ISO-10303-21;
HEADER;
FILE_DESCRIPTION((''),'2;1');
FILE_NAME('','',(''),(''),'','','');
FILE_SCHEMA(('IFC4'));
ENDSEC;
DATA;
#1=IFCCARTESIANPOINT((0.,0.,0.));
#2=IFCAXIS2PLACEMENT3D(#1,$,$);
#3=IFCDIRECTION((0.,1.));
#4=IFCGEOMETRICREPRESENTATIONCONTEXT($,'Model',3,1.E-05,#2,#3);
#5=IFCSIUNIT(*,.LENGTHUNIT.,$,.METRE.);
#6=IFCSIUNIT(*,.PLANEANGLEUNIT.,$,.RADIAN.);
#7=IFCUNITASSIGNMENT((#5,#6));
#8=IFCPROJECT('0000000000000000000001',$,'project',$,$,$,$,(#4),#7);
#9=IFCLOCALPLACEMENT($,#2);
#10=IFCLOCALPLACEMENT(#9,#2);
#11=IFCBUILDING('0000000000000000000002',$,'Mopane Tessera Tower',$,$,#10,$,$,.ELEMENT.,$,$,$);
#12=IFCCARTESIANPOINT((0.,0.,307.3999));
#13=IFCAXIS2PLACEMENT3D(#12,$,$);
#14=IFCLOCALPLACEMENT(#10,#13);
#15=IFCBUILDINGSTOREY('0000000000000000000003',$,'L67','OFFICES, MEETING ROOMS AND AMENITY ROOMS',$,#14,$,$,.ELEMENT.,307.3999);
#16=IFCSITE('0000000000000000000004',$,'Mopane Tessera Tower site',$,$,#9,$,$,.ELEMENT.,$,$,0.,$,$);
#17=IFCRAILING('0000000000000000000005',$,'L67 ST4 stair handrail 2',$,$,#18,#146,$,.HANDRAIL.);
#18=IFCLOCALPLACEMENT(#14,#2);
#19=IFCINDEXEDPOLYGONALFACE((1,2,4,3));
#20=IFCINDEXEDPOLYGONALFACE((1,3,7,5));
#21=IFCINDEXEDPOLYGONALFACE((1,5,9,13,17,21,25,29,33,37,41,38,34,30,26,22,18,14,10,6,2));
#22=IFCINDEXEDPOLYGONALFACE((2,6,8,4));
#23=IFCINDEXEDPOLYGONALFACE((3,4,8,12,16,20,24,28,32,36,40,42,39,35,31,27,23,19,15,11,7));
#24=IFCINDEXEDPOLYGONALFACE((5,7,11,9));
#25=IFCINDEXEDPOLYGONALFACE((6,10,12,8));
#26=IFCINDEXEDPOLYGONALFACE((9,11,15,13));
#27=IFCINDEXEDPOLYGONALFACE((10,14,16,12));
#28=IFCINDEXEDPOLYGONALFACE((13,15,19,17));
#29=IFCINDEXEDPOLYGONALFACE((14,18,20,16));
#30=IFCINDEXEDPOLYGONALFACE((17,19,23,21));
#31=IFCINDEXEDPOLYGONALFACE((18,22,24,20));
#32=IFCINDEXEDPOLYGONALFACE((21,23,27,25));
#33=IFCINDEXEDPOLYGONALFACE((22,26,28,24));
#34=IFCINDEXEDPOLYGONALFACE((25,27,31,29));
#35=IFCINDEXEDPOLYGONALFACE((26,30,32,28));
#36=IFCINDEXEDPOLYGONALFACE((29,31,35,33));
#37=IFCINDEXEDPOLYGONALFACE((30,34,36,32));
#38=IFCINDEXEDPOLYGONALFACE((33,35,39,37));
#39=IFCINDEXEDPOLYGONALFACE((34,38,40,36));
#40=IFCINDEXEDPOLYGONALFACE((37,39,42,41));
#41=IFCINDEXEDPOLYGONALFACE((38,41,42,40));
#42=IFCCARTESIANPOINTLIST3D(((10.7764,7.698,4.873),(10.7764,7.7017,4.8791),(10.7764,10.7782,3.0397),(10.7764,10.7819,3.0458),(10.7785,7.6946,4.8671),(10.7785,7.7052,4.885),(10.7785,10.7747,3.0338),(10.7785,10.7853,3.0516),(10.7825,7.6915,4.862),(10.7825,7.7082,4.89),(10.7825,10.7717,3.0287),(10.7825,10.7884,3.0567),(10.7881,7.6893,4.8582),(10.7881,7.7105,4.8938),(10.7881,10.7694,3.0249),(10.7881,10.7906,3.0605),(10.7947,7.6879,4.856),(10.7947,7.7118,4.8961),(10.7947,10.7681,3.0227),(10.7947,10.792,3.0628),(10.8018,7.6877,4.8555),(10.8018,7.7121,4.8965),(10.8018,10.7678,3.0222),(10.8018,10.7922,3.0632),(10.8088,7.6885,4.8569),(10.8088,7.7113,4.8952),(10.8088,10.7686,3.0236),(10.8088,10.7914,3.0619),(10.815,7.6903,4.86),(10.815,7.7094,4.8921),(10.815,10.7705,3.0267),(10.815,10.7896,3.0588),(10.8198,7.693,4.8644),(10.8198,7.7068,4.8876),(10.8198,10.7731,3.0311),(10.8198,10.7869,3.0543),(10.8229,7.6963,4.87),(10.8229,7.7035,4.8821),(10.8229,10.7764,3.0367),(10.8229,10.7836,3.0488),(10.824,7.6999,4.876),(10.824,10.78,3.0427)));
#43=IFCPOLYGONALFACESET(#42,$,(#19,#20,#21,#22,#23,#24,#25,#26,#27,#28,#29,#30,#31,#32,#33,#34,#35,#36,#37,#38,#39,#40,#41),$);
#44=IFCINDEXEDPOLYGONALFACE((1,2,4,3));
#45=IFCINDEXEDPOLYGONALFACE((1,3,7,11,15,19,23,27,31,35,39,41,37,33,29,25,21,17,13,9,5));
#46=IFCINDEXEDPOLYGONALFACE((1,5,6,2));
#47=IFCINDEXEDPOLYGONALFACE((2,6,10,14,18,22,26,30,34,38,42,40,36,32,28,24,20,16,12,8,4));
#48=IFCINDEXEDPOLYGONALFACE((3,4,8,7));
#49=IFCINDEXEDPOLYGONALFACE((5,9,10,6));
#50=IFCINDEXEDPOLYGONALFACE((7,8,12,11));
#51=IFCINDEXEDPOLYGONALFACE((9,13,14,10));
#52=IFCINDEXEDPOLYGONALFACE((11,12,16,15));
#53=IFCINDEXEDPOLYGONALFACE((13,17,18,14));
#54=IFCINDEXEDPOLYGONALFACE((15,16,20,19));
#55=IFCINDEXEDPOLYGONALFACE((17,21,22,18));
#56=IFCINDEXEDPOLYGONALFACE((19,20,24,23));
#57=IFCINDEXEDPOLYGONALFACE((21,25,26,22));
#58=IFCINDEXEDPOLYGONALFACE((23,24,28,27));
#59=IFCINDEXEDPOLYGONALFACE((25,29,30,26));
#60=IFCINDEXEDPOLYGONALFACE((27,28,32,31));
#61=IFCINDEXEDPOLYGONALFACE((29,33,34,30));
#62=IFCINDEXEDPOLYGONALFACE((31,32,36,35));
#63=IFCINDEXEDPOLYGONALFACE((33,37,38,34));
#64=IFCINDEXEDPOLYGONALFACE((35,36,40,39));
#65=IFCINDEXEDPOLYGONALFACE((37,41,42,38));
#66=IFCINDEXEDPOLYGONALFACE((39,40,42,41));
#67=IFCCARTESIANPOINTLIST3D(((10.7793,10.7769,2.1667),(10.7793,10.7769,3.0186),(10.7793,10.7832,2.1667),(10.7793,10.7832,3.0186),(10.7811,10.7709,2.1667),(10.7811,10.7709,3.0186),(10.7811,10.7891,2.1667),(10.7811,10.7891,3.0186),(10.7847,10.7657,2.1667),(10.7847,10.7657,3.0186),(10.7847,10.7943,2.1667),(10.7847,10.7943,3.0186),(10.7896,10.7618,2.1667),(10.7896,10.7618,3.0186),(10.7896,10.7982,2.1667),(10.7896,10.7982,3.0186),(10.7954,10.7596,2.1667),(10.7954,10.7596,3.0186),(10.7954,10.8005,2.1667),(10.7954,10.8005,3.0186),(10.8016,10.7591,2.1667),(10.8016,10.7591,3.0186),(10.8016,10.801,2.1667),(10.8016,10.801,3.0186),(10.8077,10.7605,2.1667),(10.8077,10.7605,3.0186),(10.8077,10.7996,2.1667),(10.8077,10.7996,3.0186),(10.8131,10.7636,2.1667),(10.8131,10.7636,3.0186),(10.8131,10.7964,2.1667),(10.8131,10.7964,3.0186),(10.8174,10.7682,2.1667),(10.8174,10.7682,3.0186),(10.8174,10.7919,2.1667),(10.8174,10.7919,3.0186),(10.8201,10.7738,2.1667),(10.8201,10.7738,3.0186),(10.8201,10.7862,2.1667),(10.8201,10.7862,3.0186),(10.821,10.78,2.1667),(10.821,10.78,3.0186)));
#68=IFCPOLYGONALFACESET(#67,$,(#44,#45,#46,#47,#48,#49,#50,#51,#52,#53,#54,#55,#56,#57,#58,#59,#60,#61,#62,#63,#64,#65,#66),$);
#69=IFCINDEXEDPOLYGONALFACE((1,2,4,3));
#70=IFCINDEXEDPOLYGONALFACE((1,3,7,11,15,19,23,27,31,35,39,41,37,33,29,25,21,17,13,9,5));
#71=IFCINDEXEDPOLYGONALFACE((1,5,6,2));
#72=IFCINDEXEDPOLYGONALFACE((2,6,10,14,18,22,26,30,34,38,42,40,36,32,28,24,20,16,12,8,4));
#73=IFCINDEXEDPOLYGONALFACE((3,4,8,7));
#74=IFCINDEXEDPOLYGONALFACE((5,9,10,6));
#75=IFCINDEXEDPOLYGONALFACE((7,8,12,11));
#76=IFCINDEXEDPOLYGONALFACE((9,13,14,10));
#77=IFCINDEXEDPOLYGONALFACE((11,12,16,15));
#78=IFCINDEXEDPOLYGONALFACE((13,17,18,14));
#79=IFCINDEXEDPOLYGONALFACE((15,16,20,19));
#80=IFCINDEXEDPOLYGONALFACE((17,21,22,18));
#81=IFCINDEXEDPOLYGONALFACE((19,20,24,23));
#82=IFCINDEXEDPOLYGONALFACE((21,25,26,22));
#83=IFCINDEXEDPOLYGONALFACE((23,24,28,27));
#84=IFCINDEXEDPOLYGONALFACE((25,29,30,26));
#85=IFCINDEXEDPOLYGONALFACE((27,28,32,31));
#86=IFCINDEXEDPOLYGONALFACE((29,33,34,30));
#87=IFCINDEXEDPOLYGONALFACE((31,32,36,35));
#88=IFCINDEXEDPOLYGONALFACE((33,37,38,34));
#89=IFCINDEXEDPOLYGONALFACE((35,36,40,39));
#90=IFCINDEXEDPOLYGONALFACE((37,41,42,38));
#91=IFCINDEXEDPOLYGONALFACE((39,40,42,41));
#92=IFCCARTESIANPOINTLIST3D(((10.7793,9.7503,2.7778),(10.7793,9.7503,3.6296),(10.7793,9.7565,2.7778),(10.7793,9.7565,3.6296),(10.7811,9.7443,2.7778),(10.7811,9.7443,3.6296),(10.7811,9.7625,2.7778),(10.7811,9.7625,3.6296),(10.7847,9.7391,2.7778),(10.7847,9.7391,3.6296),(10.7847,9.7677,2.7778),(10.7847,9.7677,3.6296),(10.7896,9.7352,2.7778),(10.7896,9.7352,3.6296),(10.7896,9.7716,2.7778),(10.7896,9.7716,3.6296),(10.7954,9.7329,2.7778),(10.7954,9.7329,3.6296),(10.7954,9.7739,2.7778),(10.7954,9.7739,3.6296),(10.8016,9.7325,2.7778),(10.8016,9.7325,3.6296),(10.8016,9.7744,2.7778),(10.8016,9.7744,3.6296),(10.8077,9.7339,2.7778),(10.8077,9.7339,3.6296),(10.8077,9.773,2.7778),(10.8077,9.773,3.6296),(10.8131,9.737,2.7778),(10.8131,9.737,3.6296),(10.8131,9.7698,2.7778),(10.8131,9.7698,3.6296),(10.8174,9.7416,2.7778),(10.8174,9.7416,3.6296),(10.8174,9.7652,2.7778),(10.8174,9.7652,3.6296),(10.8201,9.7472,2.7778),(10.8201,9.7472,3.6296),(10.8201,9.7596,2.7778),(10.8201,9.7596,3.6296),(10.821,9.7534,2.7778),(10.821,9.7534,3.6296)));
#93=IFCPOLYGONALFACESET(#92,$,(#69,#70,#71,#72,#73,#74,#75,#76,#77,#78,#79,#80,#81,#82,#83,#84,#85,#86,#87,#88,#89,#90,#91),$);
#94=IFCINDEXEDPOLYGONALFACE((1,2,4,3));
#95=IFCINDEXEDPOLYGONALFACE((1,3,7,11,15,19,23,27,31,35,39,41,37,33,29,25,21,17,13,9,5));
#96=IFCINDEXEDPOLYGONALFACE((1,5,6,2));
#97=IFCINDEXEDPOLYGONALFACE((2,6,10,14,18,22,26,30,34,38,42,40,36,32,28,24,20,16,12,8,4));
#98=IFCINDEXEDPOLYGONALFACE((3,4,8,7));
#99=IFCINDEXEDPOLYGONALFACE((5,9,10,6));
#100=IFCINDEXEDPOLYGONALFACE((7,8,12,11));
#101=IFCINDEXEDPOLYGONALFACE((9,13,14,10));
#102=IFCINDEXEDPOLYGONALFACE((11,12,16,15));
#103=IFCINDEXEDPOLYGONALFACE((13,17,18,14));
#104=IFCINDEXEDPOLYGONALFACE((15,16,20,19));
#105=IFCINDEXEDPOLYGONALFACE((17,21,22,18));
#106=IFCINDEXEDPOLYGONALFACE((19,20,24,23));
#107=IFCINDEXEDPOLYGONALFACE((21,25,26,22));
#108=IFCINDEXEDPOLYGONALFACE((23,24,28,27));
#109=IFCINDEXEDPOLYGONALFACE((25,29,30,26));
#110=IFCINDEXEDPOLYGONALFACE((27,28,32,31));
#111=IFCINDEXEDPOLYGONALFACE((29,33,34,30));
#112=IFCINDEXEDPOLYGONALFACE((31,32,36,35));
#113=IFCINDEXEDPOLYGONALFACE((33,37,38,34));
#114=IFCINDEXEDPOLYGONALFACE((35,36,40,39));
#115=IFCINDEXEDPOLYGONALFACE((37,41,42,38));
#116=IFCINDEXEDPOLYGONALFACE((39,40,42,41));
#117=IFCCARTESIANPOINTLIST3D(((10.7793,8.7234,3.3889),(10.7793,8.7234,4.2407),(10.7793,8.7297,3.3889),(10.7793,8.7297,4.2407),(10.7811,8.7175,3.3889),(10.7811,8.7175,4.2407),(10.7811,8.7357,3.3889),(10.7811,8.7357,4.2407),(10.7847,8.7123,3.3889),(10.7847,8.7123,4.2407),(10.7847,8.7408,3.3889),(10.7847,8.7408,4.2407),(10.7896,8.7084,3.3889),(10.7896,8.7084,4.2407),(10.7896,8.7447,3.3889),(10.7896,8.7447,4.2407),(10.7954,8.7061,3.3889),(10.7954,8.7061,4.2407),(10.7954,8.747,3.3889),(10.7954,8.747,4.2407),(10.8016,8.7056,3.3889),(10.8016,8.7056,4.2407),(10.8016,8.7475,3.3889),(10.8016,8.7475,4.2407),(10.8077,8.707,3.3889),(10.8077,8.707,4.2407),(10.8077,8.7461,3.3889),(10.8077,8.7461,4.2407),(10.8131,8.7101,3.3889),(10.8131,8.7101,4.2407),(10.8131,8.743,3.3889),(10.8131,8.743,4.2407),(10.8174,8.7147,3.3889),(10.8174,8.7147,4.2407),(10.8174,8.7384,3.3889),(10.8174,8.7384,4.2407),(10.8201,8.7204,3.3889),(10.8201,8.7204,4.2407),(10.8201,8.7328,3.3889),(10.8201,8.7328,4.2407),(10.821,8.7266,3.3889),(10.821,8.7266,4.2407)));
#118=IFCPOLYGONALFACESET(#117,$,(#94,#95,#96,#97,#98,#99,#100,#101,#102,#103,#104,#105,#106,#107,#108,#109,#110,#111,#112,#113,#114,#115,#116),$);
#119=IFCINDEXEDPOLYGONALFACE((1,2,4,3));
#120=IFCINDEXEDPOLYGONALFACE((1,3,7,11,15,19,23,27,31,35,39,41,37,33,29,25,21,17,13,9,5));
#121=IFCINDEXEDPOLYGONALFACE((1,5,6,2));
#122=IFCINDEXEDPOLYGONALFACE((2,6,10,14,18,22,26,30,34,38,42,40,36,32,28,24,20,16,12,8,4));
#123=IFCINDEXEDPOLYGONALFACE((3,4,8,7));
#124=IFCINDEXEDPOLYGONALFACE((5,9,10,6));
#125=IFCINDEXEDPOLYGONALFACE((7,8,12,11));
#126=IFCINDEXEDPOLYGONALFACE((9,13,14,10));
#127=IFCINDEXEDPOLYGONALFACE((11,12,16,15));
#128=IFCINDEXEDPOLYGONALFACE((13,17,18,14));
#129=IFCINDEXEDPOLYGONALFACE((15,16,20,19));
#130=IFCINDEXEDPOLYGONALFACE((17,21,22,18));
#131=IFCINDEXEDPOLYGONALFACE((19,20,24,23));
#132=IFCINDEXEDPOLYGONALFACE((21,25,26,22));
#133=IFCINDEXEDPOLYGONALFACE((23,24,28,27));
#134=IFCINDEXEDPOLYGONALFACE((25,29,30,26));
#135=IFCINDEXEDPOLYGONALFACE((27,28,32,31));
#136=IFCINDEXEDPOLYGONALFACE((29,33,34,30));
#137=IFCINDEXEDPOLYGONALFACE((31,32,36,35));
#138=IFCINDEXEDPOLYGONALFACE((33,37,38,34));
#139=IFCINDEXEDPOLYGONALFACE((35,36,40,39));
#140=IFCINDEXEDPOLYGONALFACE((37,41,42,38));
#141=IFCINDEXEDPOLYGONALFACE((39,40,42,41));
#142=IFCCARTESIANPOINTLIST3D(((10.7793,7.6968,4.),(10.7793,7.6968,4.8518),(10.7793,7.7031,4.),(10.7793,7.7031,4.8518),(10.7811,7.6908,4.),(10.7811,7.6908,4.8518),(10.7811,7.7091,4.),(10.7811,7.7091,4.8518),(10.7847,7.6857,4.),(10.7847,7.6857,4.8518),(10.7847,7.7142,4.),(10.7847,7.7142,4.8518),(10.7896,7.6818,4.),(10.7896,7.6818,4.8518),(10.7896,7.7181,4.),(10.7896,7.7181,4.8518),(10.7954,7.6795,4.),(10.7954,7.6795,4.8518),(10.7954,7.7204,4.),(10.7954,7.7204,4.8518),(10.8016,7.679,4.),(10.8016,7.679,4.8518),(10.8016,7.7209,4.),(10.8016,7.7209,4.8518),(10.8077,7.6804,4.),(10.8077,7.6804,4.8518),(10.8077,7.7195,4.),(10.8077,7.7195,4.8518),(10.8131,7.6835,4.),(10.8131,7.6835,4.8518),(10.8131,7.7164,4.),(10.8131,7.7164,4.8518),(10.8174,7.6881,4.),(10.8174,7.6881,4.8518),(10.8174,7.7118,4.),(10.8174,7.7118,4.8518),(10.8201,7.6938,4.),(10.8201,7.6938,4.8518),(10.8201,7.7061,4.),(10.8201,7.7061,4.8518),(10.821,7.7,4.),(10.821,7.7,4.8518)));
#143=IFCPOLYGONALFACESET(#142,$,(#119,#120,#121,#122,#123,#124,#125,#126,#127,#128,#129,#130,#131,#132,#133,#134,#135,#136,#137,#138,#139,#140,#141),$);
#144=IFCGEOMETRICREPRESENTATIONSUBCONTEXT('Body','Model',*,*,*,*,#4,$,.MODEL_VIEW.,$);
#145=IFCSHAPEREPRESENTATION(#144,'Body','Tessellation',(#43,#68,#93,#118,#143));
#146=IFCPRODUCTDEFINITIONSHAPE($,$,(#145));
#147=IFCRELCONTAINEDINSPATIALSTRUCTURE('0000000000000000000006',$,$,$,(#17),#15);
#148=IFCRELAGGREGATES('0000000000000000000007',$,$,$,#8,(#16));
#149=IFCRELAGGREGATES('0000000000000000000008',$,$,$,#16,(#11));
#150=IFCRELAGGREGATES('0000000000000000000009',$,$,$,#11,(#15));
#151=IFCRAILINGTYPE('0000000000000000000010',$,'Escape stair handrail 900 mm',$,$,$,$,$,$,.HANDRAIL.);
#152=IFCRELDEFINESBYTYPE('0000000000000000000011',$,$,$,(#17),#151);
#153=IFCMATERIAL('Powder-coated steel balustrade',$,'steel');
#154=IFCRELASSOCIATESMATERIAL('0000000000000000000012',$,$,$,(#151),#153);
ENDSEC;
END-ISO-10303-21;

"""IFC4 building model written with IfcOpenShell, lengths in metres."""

from ifc_helpers import new_model, si_unit, direction, frame, origin, origin_2d, place, context, subcontext, project, spatial, circle, extrude, material, type_object, element, save


model = new_model("IFC4")

# Units and contexts
model_context = context("Model", 3, precision=1e-05, world=origin(), true_north=direction((0.0, 1.0)))
body_context = subcontext(model_context, "Body", "Model", "MODEL_VIEW")
ifc_project = project(units=[si_unit("LENGTHUNIT", "METRE"), si_unit("PLANEANGLEUNIT", "RADIAN")], contexts=[model_context])

# Site, building, storey
site_placement = place(None, origin())
site = spatial("IfcSite", under=ifc_project, at=site_placement, Name="Mopane Tessera Tower site", CompositionType="ELEMENT", RefElevation=0.0)
building_placement = place(site_placement, origin())
building = spatial("IfcBuilding", under=site, at=building_placement, Name="Mopane Tessera Tower", CompositionType="ELEMENT")
storey_placement = place(building_placement, frame((0.0, 0.0, 307.3999)))
storey = spatial("IfcBuildingStorey", under=building, at=storey_placement, Name="L67", Description="OFFICES, MEETING ROOMS AND AMENITY ROOMS", CompositionType="ELEMENT", Elevation=307.3999)

# Railing
ifc_material_1 = material(Name="Powder-coated steel balustrade", Category="steel")
railing_type = type_object("IfcRailingType", Name="Escape stair handrail 900 mm", PredefinedType="HANDRAIL", material=ifc_material_1)
railing_placement = place(storey_placement, frame((10.8, 10.78, 2.1667)))
element("IfcRailing", 1, at=railing_placement, inside=storey, type_object=railing_type, Name="L67 ST4 stair handrail 2", PredefinedType="HANDRAIL", context=body_context, shape_type="SweptSolid", body=[
    extrude(circle(Radius=0.0239, at=origin_2d()), frame((0.0, 0.0, 0.876), z_axis=(0.0, -0.859309, 0.511458), x_axis=(1.0, 0.0, 0.0)), (0.0, 0.0, 1.0), 3.5845),
    extrude(circle(Radius=0.021, at=origin_2d()), origin(), (0.0, 0.0, 1.0), 0.8518),
    extrude(circle(Radius=0.021, at=origin_2d()), frame((0.0, -1.0266, 0.6111)), (0.0, 0.0, 1.0), 0.8518),
    extrude(circle(Radius=0.021, at=origin_2d()), frame((0.0, -2.0535, 1.2222)), (0.0, 0.0, 1.0), 0.8518),
    extrude(circle(Radius=0.021, at=origin_2d()), frame((0.0, -3.0801, 1.8333)), (0.0, 0.0, 1.0), 0.8518),
])

save(model, "model.ifc")
